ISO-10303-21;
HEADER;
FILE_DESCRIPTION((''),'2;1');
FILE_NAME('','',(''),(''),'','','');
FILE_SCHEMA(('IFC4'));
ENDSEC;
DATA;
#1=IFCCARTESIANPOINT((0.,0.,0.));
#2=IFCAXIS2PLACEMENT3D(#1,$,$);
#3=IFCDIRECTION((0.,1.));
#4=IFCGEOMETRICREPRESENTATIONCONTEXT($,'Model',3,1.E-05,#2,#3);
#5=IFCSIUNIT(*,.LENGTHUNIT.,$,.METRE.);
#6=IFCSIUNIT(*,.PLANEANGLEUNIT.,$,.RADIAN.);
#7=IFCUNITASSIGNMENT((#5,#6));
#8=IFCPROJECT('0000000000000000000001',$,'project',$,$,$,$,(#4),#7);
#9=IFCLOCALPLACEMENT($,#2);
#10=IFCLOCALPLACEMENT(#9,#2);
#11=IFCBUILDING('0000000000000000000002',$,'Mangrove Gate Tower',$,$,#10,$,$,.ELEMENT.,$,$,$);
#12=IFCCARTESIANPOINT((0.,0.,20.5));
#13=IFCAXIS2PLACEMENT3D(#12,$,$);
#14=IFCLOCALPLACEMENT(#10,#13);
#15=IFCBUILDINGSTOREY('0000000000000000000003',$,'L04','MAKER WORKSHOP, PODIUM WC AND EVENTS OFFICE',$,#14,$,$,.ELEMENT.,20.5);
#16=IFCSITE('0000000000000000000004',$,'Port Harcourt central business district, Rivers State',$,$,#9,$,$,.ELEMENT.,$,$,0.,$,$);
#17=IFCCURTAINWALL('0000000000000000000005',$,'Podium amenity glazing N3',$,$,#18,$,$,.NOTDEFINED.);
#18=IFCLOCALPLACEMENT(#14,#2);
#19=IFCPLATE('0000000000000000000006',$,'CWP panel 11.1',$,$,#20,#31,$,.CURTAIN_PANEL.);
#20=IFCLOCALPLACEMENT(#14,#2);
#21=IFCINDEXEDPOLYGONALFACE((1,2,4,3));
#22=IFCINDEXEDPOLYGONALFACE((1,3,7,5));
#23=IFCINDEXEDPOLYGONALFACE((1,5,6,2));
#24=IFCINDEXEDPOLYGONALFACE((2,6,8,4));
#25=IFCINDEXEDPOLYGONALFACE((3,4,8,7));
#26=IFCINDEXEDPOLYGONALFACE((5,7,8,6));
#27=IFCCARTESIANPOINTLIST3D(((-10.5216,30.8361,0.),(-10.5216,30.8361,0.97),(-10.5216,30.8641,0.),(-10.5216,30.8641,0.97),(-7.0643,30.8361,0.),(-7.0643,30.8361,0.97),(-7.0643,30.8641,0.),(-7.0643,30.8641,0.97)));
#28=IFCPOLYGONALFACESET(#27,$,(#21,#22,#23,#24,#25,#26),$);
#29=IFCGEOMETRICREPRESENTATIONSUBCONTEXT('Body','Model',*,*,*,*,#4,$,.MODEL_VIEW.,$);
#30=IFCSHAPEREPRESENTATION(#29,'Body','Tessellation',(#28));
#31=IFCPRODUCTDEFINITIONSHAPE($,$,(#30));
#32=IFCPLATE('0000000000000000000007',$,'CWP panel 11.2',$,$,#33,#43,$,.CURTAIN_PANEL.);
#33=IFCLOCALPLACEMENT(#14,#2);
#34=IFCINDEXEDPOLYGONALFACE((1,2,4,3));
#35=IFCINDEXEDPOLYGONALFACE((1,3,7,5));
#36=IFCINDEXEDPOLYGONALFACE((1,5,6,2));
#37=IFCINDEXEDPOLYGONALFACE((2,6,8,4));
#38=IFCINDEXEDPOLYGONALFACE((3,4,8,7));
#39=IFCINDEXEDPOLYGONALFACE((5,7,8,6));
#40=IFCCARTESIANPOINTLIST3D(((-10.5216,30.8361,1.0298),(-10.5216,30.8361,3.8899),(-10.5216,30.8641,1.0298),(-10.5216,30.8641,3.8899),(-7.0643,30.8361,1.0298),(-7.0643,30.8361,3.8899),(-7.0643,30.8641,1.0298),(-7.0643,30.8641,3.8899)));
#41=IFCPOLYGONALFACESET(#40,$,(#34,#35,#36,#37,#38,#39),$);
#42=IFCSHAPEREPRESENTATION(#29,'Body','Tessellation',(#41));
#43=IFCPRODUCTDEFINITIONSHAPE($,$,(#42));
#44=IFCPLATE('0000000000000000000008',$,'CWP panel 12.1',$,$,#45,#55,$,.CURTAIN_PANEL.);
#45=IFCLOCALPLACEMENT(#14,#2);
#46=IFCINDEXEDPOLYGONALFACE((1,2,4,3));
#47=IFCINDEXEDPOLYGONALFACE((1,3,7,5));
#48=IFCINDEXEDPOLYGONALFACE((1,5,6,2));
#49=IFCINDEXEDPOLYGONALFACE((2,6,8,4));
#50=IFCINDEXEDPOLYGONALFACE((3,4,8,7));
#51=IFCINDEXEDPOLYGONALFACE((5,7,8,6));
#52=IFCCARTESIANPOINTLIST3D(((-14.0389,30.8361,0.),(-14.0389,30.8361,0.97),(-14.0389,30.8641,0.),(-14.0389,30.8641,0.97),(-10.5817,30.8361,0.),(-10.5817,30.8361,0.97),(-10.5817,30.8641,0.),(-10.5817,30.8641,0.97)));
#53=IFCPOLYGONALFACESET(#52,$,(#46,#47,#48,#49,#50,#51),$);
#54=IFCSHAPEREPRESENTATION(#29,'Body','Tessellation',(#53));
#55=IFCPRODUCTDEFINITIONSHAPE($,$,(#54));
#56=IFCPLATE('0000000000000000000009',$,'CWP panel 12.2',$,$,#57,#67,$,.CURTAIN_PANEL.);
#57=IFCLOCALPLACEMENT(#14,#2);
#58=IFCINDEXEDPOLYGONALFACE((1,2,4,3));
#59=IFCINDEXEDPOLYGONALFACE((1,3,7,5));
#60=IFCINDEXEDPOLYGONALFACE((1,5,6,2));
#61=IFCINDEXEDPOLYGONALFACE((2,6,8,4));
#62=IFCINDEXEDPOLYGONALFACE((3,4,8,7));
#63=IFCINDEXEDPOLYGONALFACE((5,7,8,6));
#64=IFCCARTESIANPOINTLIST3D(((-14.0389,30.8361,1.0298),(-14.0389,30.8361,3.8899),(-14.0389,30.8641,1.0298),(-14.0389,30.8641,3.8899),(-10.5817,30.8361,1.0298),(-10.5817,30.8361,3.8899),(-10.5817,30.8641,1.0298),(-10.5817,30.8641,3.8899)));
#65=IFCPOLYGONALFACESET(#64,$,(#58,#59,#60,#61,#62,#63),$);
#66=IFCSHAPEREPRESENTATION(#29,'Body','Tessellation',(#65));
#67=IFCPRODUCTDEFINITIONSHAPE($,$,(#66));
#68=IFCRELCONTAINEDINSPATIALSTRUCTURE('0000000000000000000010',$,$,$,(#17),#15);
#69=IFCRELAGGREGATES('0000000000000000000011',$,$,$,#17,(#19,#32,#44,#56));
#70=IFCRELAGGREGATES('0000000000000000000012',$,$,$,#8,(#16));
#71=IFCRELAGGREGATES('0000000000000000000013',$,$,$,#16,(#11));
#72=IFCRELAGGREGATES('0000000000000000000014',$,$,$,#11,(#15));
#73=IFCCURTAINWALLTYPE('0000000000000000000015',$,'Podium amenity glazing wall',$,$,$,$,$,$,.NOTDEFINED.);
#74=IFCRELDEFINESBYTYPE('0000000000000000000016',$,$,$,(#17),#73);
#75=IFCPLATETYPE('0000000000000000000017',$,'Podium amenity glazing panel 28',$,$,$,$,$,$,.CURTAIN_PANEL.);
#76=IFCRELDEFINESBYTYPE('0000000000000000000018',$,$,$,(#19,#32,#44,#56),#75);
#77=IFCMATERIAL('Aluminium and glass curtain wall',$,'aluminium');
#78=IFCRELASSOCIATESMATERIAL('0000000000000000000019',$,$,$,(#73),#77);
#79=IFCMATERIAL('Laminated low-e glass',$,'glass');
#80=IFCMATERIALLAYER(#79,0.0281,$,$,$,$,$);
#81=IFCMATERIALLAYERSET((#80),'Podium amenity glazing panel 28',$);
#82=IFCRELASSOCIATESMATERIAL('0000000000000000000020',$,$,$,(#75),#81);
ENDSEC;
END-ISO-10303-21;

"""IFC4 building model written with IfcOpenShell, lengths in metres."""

from ifc_helpers import new_model, si_unit, direction, frame, origin, origin_2d, place, context, subcontext, project, spatial, rectangle, extrude, material, layer, layer_set, type_object, element, aggregate, save


model = new_model("IFC4")

# Units and contexts
model_context = context("Model", 3, precision=1e-05, world=origin(), true_north=direction((0.0, 1.0)))
body_context = subcontext(model_context, "Body", "Model", "MODEL_VIEW")
ifc_project = project(units=[si_unit("LENGTHUNIT", "METRE"), si_unit("PLANEANGLEUNIT", "RADIAN")], contexts=[model_context])

# Site, building, storey
site_placement = place(None, origin())
site = spatial("IfcSite", under=ifc_project, at=site_placement, Name="Port Harcourt central business district, Rivers State", CompositionType="ELEMENT", RefElevation=0.0)
building_placement = place(site_placement, origin())
building = spatial("IfcBuilding", under=site, at=building_placement, Name="Mangrove Gate Tower", CompositionType="ELEMENT")
storey_placement = place(building_placement, frame((0.0, 0.0, 20.5)))
storey = spatial("IfcBuildingStorey", under=building, at=storey_placement, Name="L04", Description="MAKER WORKSHOP, PODIUM WC AND EVENTS OFFICE", CompositionType="ELEMENT", Elevation=20.5)

# Curtain wall, plates
ifc_material_1 = material(Name="Aluminium and glass curtain wall", Category="aluminium")
curtain_wall_type = type_object("IfcCurtainWallType", Name="Podium amenity glazing wall", PredefinedType="NOTDEFINED", material=ifc_material_1)
curtain_wall_placement = place(storey_placement, origin())
curtain_wall = element("IfcCurtainWall", 1, at=curtain_wall_placement, inside=storey, type_object=curtain_wall_type, Name="Podium amenity glazing N3", PredefinedType="NOTDEFINED")
ifc_material_2 = material(Name="Laminated low-e glass", Category="glass")
ifc_layer = layer(ifc_material_2, 0.0281)
ifc_layer_set = layer_set([ifc_layer], Name="Podium amenity glazing panel 28")
plate_type = type_object("IfcPlateType", Name="Podium amenity glazing panel 28", PredefinedType="CURTAIN_PANEL", material=ifc_layer_set)
plate_1_placement = place(storey_placement, frame((-8.793, 30.8501, 0.0), z_axis=(0.0, 0.0, 1.0), x_axis=(-1.0, 0.0, 0.0)))
plate_1 = element("IfcPlate", 2, at=plate_1_placement, type_object=plate_type, Name="CWP panel 11.1", PredefinedType="CURTAIN_PANEL", context=body_context, shape_type="SweptSolid", body=[
    extrude(rectangle(XDim=3.4573, YDim=0.0281, at=origin_2d()), origin(), (0.0, 0.0, 1.0), 0.97),
])
plate_2_placement = place(storey_placement, frame((-8.793, 30.8501, 1.0298), z_axis=(0.0, 0.0, 1.0), x_axis=(-1.0, 0.0, 0.0)))
plate_2 = element("IfcPlate", 3, at=plate_2_placement, type_object=plate_type, Name="CWP panel 11.2", PredefinedType="CURTAIN_PANEL", context=body_context, shape_type="SweptSolid", body=[
    extrude(rectangle(XDim=3.4573, YDim=0.0281, at=origin_2d()), origin(), (0.0, 0.0, 1.0), 2.8601),
])
plate_3_placement = place(storey_placement, frame((-12.3103, 30.8501, 0.0), z_axis=(0.0, 0.0, 1.0), x_axis=(-1.0, 0.0, 0.0)))
plate_3 = element("IfcPlate", 4, at=plate_3_placement, type_object=plate_type, Name="CWP panel 12.1", PredefinedType="CURTAIN_PANEL", context=body_context, shape_type="SweptSolid", body=[
    extrude(rectangle(XDim=3.4573, YDim=0.0281, at=origin_2d()), origin(), (0.0, 0.0, 1.0), 0.97),
])
plate_4_placement = place(storey_placement, frame((-12.3103, 30.8501, 1.0298), z_axis=(0.0, 0.0, 1.0), x_axis=(-1.0, 0.0, 0.0)))
plate_4 = element("IfcPlate", 5, at=plate_4_placement, type_object=plate_type, Name="CWP panel 12.2", PredefinedType="CURTAIN_PANEL", context=body_context, shape_type="SweptSolid", body=[
    extrude(rectangle(XDim=3.4573, YDim=0.0281, at=origin_2d()), origin(), (0.0, 0.0, 1.0), 2.8601),
])
aggregate(curtain_wall, [plate_1, plate_2, plate_3, plate_4])

save(model, "model.ifc")
